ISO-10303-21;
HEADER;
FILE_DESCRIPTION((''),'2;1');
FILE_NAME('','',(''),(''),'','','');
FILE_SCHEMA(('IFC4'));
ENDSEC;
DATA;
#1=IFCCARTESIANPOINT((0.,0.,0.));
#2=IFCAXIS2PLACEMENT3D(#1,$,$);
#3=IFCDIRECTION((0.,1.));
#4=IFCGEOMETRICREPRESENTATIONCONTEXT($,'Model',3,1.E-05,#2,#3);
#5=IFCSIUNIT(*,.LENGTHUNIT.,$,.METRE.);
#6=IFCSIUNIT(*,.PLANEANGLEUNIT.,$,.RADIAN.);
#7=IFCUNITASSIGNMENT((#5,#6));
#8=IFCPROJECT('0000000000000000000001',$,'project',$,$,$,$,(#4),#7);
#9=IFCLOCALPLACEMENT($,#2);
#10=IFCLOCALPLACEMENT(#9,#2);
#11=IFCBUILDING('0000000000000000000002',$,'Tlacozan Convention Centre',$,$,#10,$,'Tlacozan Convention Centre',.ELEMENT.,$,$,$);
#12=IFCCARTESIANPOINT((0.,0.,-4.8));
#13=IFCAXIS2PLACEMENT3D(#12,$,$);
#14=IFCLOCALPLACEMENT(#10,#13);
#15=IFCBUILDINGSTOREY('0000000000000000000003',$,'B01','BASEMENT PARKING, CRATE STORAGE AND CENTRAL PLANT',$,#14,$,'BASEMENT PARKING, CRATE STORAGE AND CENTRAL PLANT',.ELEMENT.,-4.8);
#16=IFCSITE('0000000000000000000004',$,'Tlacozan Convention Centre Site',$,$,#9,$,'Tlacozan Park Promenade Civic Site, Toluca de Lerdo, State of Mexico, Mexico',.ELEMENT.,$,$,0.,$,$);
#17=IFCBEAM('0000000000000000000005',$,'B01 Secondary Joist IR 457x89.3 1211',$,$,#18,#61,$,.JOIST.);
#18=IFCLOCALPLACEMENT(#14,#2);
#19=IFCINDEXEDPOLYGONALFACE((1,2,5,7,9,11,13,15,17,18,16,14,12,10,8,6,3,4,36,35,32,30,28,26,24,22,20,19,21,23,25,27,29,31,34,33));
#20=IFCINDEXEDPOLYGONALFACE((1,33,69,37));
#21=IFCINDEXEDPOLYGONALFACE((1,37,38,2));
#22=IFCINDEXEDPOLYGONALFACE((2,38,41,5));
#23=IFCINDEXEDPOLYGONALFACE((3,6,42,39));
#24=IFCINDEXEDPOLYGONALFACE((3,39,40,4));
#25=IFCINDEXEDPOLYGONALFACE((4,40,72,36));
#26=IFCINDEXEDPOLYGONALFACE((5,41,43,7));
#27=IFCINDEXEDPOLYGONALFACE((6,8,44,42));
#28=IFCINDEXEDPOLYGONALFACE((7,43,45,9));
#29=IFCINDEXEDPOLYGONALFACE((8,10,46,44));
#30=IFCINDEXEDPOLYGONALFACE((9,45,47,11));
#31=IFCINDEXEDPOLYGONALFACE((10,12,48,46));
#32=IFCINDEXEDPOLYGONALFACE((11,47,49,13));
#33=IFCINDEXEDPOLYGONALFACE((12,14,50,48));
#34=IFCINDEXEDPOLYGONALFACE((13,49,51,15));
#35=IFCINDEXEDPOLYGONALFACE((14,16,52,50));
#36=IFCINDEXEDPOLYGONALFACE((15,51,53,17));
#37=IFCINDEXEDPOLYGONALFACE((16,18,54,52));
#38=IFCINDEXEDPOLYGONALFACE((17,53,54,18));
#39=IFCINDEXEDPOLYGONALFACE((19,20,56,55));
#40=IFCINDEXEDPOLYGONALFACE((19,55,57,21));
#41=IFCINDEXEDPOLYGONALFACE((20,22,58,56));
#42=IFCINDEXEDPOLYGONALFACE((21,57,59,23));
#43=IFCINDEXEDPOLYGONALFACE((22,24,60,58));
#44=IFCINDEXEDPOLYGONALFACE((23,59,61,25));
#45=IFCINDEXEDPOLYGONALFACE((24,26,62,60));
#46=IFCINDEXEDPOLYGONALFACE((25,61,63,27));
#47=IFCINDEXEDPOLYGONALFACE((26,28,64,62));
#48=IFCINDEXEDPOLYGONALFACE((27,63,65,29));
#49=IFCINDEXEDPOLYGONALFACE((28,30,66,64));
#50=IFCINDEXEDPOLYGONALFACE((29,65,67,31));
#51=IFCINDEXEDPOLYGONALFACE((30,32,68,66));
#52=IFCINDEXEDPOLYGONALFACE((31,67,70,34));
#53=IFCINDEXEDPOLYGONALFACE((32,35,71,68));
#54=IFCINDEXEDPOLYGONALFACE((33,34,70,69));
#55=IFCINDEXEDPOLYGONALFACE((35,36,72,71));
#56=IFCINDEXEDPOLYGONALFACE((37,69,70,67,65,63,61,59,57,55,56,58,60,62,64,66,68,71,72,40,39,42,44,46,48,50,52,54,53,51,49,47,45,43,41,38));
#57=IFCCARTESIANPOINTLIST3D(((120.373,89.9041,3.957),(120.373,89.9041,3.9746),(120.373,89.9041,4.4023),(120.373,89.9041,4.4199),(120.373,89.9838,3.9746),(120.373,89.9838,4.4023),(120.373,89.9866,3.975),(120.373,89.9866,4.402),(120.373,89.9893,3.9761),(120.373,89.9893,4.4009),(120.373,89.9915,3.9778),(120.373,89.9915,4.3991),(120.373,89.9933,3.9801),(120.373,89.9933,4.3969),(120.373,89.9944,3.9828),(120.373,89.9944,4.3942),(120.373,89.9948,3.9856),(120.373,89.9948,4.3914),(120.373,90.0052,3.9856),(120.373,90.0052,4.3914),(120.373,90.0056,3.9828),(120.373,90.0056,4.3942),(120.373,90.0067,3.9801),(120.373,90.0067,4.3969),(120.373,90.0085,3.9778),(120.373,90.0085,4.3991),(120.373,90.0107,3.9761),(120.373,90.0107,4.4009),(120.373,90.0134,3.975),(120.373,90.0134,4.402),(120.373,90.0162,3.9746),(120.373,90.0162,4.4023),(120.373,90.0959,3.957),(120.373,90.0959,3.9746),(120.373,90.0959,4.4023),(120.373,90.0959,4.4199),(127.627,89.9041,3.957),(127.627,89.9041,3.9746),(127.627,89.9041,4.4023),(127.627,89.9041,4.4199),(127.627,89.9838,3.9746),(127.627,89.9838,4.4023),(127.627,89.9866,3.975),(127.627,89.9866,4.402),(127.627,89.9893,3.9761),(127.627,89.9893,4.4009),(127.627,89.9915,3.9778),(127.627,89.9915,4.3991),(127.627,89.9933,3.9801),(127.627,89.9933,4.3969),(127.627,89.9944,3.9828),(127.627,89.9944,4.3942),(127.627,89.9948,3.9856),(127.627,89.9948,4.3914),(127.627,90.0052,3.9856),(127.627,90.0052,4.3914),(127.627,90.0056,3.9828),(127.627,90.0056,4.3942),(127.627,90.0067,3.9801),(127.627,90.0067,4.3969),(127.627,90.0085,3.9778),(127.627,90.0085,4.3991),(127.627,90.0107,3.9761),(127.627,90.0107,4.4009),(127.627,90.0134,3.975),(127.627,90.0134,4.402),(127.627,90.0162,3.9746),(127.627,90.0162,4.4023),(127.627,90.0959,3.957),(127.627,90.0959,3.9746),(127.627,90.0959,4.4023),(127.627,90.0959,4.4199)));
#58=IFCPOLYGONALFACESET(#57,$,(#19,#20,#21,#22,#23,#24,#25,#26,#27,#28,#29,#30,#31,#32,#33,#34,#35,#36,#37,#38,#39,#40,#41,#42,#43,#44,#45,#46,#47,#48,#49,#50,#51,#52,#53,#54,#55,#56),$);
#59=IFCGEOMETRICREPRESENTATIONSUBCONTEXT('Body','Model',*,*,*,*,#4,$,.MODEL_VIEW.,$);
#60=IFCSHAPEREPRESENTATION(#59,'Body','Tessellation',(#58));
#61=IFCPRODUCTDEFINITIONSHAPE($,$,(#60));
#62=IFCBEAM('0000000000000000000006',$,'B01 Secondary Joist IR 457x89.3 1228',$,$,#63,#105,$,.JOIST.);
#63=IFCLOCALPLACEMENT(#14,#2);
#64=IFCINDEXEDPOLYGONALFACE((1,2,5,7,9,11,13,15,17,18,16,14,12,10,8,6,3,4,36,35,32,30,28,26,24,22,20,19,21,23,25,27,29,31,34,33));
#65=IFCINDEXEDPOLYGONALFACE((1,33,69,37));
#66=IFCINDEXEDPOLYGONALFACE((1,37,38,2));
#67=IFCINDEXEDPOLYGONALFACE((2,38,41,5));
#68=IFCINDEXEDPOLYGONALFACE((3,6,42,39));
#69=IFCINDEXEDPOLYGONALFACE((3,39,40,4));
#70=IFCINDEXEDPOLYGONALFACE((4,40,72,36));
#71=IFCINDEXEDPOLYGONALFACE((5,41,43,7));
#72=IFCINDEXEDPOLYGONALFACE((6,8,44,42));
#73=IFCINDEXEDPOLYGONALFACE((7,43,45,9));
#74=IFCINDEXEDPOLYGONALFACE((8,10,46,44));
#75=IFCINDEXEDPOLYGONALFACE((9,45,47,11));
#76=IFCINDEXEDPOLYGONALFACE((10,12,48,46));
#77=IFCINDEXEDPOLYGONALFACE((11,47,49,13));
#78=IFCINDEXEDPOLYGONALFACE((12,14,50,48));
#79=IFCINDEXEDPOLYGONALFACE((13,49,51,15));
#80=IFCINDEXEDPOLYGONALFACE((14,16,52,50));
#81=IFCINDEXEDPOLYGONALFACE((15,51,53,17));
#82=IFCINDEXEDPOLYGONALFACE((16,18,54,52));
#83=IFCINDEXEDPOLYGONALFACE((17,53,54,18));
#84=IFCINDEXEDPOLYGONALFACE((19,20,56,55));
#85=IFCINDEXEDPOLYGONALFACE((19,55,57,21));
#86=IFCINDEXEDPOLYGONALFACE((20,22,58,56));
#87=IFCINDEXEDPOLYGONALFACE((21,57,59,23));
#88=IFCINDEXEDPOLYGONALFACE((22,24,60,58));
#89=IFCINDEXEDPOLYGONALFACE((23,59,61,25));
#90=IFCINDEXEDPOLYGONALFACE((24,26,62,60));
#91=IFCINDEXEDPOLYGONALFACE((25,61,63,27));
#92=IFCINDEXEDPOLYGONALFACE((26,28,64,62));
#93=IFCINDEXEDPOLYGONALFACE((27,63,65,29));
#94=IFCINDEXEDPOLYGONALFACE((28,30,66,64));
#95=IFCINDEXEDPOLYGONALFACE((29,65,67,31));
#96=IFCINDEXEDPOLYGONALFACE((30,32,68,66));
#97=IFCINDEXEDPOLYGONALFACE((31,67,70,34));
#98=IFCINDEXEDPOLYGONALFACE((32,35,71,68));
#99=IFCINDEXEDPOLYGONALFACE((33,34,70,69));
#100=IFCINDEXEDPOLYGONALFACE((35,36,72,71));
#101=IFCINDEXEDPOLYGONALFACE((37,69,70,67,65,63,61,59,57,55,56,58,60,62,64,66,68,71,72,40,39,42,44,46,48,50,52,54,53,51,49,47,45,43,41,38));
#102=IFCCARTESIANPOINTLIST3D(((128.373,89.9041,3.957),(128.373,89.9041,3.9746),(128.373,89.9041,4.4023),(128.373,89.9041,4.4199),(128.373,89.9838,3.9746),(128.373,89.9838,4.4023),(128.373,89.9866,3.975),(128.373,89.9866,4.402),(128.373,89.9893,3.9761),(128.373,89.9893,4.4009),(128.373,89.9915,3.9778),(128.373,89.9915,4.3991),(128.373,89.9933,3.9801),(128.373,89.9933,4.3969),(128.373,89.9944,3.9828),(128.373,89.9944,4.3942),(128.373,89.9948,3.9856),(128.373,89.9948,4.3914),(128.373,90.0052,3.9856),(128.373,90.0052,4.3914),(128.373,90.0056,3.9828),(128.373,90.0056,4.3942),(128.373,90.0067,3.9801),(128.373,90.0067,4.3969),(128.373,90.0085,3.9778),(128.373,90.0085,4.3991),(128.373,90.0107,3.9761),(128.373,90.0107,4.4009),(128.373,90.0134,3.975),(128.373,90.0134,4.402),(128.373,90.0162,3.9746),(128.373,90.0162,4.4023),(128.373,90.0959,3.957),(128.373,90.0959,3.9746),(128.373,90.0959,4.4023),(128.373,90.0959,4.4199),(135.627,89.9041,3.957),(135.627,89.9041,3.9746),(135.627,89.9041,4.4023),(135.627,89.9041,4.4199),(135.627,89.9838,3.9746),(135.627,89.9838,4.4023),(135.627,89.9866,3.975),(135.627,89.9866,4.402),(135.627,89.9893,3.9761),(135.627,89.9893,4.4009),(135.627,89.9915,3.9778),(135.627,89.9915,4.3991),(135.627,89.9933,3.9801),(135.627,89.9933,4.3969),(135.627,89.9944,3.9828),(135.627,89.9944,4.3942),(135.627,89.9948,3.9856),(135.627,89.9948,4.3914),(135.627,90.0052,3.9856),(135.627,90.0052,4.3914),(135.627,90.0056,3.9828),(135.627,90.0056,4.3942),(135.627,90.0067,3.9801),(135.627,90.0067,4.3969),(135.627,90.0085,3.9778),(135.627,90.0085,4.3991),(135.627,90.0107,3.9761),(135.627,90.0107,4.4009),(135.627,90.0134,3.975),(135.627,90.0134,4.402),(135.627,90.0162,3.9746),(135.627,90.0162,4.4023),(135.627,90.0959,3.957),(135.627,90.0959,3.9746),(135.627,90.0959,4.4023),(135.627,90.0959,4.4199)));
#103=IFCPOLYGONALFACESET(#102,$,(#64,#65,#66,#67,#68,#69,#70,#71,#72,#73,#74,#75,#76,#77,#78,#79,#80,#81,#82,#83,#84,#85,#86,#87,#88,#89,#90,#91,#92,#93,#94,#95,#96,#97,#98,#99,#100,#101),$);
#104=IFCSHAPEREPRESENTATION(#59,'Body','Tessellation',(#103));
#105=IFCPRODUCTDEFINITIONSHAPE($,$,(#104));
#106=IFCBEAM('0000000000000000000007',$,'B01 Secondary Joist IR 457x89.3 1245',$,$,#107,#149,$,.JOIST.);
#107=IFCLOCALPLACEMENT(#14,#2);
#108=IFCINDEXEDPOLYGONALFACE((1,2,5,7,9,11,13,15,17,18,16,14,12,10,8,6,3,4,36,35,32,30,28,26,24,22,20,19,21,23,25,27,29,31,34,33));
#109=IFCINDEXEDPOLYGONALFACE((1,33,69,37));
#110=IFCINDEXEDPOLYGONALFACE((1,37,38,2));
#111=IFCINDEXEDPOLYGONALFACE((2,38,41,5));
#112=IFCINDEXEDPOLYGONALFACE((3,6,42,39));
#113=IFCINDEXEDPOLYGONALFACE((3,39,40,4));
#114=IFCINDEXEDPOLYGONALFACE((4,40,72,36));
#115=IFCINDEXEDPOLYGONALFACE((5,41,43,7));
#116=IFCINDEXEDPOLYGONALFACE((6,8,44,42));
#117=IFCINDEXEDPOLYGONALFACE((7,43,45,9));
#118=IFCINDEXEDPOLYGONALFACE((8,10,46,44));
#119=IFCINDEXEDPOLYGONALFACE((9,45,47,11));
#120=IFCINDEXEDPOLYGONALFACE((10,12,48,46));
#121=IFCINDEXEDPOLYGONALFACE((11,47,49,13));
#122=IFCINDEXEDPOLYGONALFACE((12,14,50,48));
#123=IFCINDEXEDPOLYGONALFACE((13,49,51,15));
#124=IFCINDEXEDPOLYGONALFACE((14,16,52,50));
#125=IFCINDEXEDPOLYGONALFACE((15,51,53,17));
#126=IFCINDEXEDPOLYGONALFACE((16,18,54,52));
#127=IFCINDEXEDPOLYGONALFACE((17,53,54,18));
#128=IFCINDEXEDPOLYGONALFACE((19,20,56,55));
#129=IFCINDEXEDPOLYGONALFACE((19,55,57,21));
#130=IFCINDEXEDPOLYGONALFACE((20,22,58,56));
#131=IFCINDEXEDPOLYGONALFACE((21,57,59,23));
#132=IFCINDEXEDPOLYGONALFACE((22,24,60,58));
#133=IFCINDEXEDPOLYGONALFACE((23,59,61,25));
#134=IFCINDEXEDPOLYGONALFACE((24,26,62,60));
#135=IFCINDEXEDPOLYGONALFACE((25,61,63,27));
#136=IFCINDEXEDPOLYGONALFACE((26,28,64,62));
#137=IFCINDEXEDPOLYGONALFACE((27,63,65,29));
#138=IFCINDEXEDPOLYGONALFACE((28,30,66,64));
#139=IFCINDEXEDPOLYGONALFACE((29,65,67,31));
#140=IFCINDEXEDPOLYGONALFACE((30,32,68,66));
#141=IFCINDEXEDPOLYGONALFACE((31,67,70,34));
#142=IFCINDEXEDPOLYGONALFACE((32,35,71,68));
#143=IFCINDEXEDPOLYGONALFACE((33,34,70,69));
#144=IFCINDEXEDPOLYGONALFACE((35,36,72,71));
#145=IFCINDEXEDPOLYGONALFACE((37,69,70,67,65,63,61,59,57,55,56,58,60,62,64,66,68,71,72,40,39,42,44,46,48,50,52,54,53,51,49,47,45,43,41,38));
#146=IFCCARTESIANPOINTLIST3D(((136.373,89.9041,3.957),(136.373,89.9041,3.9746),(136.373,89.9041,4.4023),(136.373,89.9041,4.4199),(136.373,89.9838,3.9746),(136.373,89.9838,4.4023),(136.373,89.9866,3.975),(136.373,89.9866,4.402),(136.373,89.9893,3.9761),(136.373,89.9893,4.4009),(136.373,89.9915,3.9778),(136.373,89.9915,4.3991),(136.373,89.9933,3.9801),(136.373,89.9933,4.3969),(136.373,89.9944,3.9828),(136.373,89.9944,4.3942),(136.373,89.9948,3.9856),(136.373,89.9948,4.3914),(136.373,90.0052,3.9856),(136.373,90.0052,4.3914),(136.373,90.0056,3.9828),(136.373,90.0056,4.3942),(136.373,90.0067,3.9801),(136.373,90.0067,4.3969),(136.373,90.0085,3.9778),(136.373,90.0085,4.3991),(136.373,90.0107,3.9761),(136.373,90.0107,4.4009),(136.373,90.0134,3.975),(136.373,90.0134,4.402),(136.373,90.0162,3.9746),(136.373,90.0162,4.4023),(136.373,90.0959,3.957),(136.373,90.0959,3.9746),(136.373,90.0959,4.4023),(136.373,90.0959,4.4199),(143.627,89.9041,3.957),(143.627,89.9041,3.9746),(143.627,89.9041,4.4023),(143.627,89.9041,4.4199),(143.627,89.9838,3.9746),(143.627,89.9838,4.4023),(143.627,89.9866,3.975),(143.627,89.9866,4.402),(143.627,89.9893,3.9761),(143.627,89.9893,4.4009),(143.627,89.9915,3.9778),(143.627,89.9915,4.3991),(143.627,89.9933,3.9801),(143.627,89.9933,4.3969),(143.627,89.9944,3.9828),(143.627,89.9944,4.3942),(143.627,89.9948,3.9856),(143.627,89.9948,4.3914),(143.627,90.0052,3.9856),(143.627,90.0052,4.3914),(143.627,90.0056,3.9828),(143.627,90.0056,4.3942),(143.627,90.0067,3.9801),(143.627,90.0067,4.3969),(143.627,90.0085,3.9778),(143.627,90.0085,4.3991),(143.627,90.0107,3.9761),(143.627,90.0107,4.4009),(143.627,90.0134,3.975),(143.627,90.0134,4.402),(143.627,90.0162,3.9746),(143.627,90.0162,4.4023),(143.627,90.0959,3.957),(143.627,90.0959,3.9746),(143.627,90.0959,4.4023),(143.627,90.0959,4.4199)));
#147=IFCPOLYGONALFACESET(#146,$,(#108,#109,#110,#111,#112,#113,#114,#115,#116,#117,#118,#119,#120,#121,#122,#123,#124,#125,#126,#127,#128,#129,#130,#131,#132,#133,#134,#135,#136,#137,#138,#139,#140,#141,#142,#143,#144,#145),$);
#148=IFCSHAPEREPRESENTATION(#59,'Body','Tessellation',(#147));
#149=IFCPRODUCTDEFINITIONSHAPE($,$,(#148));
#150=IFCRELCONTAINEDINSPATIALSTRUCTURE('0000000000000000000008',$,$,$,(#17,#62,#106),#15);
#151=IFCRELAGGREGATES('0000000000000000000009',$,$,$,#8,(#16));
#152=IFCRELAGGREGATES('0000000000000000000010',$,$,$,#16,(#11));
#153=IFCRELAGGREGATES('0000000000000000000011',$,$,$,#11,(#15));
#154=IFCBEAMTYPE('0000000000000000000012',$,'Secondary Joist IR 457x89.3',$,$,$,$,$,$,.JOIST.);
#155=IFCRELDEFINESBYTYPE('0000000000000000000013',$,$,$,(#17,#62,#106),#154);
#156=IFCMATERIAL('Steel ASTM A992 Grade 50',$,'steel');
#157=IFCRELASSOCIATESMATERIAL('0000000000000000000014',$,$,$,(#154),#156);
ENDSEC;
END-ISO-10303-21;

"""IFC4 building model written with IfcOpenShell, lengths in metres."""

from ifc_helpers import new_model, si_unit, direction, frame, origin, origin_2d, place, context, subcontext, project, spatial, i_section, extrude, material, material_profile, profile_set, type_object, element, save


model = new_model("IFC4")

# Units and contexts
model_context = context("Model", 3, precision=1e-05, world=origin(), true_north=direction((0.0, 1.0)))
body_context = subcontext(model_context, "Body", "Model", "MODEL_VIEW")
ifc_project = project(units=[si_unit("LENGTHUNIT", "METRE"), si_unit("PLANEANGLEUNIT", "RADIAN")], contexts=[model_context])

# Site, building, storey
site_placement = place(None, origin())
site = spatial("IfcSite", under=ifc_project, at=site_placement, Name="Tlacozan Convention Centre Site", LongName="Tlacozan Park Promenade Civic Site, Toluca de Lerdo, State of Mexico, Mexico", CompositionType="ELEMENT", RefElevation=0.0)
building_placement = place(site_placement, origin())
building = spatial("IfcBuilding", under=site, at=building_placement, Name="Tlacozan Convention Centre", LongName="Tlacozan Convention Centre", CompositionType="ELEMENT")
storey_placement = place(building_placement, frame((0.0, 0.0, -4.8)))
storey = spatial("IfcBuildingStorey", under=building, at=storey_placement, Name="B01", Description="BASEMENT PARKING, CRATE STORAGE AND CENTRAL PLANT", LongName="BASEMENT PARKING, CRATE STORAGE AND CENTRAL PLANT", CompositionType="ELEMENT", Elevation=-4.8)

# Beams
ifc_material_1 = material(Name="Steel ASTM A992 Grade 50", Category="steel")
ifc_material_profile_1 = material_profile(ifc_material_1, i_section(OverallWidth=0.1919, OverallDepth=0.4629, WebThickness=0.0105, FlangeThickness=0.0176, FilletRadius=0.011, at=origin_2d()), Name="IR 457x89.3")
ifc_profile_set_1 = profile_set([ifc_material_profile_1], Name="Steel ASTM A992 Grade 50")
beam_type_1 = type_object("IfcBeamType", Name="Secondary Joist IR 457x89.3", PredefinedType="JOIST", material=ifc_profile_set_1)
for number, where, z_axis, x_axis, name in (
    (1, (120.373, 90.0, 4.1885), (1.0, 0.0, 0.0), (0.0, 1.0, 0.0), "B01 Secondary Joist IR 457x89.3 1211"),
    (2, (128.373, 90.0, 4.1885), (1.0, 0.0, 0.0), (0.0, 1.0, 0.0), "B01 Secondary Joist IR 457x89.3 1228"),
    (3, (136.373, 90.0, 4.1885), (1.0, 0.0, 0.0), (0.0, 1.0, 0.0), "B01 Secondary Joist IR 457x89.3 1245"),
):
    element("IfcBeam", number, at=place(storey_placement, frame(where, z_axis=z_axis, x_axis=x_axis)), inside=storey, type_object=beam_type_1, Name=name, PredefinedType="JOIST", context=body_context, shape_type="SweptSolid", body=[
        extrude(i_section(OverallWidth=0.1919, OverallDepth=0.4629, WebThickness=0.0105, FlangeThickness=0.0176, FilletRadius=0.011, at=origin_2d()), origin(), (0.0, 0.0, 1.0), 7.2539),
    ])

save(model, "model.ifc")
